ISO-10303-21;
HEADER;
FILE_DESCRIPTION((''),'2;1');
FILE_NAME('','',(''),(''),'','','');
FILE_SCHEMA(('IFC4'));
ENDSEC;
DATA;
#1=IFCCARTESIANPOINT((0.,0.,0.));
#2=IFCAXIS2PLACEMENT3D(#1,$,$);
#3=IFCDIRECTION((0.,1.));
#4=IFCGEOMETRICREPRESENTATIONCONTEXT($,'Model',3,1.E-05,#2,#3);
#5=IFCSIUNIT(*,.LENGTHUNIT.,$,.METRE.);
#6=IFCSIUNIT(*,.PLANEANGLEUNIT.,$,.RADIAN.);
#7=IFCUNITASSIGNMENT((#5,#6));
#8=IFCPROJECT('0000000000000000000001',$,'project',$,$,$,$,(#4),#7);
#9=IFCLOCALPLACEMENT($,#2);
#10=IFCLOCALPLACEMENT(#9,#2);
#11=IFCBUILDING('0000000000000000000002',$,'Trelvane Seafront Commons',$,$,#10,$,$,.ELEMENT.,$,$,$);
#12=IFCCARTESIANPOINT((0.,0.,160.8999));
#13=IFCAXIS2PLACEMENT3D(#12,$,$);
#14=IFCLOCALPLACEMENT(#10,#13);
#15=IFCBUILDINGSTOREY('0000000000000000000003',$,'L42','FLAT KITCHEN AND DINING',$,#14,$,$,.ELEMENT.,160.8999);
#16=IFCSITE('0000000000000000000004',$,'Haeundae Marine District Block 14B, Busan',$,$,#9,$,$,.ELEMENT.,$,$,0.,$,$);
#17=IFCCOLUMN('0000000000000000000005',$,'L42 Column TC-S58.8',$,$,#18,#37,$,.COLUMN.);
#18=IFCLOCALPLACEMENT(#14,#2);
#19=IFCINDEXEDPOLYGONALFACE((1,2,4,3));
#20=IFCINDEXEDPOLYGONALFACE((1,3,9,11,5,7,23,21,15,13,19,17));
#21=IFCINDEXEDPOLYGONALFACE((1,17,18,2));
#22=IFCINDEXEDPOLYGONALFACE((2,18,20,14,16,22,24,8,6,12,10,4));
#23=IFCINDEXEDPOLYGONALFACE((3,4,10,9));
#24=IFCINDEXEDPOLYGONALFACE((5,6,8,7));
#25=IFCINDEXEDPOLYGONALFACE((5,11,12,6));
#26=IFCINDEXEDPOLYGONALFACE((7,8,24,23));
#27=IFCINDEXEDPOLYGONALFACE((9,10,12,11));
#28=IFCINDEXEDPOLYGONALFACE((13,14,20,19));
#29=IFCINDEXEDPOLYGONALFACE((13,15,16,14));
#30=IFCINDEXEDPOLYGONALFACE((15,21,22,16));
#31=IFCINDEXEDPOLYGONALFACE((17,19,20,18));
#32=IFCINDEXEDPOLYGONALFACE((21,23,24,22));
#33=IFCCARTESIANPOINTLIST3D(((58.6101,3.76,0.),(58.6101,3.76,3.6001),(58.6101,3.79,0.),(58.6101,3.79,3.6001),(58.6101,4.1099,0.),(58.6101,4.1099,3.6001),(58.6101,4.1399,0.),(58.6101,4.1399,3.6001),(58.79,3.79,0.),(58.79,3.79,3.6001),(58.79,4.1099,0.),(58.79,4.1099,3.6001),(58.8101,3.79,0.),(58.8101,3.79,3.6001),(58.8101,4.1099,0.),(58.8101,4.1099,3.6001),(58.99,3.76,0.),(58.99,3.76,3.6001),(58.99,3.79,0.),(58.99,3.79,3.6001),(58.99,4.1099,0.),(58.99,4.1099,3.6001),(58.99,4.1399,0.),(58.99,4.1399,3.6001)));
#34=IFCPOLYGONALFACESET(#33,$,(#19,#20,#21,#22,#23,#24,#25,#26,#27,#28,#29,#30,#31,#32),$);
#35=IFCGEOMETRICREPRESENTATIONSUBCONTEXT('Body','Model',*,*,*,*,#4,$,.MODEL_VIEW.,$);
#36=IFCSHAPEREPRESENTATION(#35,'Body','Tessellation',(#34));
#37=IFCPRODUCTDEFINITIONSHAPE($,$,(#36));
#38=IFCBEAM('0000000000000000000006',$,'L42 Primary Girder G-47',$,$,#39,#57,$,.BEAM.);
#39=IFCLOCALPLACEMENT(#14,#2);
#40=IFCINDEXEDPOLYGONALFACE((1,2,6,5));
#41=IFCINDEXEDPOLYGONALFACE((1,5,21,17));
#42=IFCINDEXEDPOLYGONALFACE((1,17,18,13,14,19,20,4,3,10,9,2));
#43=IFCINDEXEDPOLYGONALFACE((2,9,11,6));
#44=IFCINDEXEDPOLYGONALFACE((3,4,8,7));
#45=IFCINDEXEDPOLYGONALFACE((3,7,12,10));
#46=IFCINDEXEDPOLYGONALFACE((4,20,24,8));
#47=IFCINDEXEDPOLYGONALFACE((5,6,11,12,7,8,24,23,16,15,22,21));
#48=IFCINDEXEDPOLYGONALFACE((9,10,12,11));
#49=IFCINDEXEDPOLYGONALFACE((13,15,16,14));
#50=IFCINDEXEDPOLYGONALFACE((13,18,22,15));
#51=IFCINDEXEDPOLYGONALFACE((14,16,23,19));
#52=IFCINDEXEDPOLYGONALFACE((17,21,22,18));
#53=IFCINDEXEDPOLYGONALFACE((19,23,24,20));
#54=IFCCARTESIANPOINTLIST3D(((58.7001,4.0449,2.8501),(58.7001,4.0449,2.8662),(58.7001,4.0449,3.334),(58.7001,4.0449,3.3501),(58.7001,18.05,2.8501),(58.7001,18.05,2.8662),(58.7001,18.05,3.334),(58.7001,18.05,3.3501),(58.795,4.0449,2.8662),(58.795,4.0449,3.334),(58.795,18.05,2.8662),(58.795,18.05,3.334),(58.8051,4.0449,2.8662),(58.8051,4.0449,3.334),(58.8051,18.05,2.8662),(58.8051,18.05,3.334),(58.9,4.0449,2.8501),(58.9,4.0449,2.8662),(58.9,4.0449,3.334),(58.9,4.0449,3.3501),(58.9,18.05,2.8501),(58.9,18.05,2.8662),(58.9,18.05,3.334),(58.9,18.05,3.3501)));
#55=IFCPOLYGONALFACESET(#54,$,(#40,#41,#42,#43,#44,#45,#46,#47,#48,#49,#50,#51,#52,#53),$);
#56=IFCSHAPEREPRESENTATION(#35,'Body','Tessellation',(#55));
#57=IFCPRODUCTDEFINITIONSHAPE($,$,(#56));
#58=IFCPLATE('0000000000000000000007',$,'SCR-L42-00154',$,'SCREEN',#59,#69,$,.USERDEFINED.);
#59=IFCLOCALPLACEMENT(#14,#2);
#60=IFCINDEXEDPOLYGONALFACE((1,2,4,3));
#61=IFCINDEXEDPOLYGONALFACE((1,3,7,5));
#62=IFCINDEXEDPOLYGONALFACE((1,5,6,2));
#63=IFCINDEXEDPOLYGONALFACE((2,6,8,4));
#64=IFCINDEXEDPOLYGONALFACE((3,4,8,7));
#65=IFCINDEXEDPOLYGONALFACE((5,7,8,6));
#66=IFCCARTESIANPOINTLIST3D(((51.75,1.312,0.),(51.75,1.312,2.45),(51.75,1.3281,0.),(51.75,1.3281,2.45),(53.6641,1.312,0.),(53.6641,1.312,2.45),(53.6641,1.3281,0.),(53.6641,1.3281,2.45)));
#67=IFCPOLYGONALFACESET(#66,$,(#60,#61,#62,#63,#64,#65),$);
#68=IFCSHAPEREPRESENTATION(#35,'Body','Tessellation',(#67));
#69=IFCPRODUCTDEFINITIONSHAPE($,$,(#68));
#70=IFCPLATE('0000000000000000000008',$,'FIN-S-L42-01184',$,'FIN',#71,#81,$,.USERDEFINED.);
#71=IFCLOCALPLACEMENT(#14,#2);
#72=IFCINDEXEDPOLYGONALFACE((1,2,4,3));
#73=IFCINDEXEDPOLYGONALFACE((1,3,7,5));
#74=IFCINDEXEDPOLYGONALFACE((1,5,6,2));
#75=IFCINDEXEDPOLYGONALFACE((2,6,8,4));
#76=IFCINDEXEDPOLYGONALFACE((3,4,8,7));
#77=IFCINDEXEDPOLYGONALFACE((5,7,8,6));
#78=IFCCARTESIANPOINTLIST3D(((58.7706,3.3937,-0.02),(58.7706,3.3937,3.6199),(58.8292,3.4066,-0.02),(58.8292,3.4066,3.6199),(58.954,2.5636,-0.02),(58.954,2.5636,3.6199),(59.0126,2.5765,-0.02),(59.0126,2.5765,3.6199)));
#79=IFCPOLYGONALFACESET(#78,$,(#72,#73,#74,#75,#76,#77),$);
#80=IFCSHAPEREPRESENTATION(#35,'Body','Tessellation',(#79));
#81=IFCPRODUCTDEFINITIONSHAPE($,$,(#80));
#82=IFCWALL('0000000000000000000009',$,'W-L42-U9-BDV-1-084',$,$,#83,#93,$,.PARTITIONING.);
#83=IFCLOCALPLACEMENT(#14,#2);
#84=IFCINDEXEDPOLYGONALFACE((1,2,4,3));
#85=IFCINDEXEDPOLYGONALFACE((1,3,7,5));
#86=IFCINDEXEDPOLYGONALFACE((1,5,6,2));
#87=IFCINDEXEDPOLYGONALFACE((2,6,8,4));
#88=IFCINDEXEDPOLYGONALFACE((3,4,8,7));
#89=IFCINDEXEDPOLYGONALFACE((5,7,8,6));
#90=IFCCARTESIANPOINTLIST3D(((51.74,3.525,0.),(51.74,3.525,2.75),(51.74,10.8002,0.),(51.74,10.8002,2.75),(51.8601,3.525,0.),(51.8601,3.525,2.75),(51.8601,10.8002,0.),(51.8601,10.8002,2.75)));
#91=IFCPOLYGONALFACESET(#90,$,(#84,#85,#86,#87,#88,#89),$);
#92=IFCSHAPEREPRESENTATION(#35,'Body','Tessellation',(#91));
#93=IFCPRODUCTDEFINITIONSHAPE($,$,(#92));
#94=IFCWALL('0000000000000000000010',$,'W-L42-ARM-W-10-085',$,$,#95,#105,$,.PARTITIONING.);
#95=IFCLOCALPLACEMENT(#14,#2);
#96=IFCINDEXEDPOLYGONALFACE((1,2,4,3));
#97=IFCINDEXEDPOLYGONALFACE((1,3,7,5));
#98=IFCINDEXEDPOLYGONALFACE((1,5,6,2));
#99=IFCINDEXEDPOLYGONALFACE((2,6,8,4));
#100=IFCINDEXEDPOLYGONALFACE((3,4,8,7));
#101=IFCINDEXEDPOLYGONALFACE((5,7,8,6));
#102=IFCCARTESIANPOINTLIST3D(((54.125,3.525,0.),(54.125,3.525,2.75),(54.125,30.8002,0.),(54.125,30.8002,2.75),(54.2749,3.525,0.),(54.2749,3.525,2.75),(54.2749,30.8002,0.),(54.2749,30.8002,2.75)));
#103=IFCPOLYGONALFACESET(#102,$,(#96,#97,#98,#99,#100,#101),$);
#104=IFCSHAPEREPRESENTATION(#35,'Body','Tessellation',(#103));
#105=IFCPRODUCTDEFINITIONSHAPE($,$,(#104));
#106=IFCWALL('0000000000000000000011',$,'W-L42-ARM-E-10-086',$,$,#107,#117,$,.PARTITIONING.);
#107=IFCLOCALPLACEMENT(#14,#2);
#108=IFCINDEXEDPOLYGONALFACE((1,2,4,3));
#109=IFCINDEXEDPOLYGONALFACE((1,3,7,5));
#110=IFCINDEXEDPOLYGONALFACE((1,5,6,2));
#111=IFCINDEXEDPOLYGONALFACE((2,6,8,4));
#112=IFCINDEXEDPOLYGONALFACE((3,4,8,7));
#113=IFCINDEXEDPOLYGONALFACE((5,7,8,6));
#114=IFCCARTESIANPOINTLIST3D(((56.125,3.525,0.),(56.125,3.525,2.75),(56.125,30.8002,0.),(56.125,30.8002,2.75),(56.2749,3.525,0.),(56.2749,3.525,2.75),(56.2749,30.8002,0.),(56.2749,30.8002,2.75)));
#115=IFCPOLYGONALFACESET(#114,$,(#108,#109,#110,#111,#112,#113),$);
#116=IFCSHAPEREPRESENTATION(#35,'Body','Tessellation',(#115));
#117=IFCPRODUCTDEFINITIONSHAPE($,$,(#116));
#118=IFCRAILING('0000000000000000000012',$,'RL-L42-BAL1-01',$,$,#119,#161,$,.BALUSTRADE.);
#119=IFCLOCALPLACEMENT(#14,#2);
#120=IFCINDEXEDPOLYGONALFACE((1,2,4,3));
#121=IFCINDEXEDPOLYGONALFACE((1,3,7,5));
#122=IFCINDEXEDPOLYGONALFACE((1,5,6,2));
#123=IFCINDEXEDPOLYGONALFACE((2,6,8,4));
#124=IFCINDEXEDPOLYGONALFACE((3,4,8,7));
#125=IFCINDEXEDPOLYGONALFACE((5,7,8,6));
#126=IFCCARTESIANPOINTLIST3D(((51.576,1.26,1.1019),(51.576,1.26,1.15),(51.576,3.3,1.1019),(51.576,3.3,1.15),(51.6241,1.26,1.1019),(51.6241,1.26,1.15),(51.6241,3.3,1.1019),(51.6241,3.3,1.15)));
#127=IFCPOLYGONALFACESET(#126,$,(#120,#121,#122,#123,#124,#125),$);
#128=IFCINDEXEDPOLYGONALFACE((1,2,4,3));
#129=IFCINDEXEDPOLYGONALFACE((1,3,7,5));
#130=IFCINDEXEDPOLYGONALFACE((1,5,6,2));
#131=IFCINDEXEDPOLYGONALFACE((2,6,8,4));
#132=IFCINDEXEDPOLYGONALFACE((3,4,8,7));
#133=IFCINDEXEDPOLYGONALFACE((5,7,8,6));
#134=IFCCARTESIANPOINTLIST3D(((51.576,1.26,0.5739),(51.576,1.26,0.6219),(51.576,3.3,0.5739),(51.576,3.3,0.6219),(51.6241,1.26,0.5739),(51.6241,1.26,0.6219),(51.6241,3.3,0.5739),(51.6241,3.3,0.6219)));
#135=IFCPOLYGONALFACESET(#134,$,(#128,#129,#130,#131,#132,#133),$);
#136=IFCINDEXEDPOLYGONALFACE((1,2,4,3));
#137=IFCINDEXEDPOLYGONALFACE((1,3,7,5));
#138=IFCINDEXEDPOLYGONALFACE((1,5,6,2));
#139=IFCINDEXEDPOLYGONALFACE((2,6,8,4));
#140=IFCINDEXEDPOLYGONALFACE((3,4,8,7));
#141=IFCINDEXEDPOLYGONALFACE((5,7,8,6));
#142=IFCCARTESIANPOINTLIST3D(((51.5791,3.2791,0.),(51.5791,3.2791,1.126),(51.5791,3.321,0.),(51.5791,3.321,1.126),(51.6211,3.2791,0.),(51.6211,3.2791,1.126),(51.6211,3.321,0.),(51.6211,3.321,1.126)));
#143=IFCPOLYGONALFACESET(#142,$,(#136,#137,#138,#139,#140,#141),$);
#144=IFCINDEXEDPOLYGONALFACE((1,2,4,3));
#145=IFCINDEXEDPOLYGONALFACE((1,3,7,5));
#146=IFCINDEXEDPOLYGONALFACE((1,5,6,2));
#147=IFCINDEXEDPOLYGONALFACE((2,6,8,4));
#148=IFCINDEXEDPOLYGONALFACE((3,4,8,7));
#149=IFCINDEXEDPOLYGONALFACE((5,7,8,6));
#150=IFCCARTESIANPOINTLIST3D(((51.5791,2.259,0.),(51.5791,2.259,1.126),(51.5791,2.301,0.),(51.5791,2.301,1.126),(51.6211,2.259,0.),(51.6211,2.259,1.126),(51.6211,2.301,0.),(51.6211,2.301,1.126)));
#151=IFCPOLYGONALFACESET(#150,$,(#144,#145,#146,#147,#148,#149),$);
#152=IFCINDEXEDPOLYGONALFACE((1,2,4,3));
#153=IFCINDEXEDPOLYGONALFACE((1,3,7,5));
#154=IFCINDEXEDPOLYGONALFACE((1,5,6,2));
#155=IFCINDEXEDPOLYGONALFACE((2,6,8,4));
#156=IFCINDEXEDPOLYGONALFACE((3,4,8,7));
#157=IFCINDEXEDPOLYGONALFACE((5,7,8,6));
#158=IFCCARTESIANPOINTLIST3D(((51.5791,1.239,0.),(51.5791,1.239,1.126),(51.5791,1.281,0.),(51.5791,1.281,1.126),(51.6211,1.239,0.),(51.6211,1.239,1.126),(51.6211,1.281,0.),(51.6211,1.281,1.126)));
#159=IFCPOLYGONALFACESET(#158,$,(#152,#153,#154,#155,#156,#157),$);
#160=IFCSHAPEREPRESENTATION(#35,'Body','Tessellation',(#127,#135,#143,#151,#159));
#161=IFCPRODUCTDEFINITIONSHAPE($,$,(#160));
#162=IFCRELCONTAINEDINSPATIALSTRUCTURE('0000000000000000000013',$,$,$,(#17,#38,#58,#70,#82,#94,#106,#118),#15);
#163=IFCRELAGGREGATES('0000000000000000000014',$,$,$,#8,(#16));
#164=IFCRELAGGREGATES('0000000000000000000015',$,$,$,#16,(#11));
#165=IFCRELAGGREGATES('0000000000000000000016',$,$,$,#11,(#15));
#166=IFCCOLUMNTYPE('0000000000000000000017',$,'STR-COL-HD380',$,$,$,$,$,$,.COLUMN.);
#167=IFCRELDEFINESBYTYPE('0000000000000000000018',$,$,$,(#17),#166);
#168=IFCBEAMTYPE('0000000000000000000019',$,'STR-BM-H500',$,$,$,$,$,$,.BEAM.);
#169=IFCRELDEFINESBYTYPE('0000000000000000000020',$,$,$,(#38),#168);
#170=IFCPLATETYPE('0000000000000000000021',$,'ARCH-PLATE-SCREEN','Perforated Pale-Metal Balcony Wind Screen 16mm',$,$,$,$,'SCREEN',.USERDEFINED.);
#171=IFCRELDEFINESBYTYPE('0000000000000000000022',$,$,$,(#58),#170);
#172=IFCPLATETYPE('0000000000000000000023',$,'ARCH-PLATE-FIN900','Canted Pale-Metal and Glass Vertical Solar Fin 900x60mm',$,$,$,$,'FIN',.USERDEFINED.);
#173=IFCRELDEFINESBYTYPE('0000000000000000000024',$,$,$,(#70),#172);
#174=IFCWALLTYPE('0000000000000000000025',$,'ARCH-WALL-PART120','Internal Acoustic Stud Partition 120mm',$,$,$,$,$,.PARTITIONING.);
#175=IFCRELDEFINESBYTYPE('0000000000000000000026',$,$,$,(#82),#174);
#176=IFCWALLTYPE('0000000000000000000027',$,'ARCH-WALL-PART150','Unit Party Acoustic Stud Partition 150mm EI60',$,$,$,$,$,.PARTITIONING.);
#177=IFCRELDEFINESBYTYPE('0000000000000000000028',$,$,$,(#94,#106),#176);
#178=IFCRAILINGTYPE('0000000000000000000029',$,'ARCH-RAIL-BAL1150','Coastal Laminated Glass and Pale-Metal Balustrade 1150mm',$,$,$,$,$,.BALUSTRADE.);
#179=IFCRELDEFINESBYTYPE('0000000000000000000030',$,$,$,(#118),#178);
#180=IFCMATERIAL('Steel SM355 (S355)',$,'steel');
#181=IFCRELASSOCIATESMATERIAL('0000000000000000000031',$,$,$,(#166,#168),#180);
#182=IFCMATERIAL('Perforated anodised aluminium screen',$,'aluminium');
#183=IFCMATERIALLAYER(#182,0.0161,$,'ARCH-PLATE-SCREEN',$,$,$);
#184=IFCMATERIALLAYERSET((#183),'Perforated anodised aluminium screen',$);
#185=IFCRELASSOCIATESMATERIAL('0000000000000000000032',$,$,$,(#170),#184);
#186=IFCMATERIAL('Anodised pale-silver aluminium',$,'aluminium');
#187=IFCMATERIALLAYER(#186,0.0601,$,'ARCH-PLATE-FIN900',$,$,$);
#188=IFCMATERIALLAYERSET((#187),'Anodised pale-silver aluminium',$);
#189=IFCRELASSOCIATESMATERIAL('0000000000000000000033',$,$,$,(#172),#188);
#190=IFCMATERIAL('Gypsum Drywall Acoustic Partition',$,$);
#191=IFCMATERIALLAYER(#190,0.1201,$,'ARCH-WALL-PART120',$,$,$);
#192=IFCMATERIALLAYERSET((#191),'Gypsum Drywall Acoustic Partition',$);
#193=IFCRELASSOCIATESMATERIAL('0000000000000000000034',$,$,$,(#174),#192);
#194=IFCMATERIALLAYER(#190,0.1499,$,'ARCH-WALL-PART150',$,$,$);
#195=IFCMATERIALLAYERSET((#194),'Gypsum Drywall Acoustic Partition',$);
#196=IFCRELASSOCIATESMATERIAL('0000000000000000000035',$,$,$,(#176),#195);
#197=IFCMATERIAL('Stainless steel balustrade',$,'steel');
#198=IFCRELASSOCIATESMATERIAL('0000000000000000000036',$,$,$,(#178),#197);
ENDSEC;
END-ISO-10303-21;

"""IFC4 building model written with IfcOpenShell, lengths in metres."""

from ifc_helpers import new_model, si_unit, direction, frame, frame_2d, origin, origin_2d, place, context, subcontext, project, spatial, rectangle, i_section, extrude, source, transform, mapped, material, layer, layer_set, material_profile, profile_set, type_object, element, save


model = new_model("IFC4")

# Units and contexts
model_context = context("Model", 3, precision=1e-05, world=origin(), true_north=direction((0.0, 1.0)))
body_context = subcontext(model_context, "Body", "Model", "MODEL_VIEW")
ifc_project = project(units=[si_unit("LENGTHUNIT", "METRE"), si_unit("PLANEANGLEUNIT", "RADIAN")], contexts=[model_context])

# Site, building, storey
site_placement = place(None, origin())
site = spatial("IfcSite", under=ifc_project, at=site_placement, Name="Haeundae Marine District Block 14B, Busan", CompositionType="ELEMENT", RefElevation=0.0)
building_placement = place(site_placement, origin())
building = spatial("IfcBuilding", under=site, at=building_placement, Name="Trelvane Seafront Commons", CompositionType="ELEMENT")
storey_placement = place(building_placement, frame((0.0, 0.0, 160.8999)))
storey = spatial("IfcBuildingStorey", under=building, at=storey_placement, Name="L42", Description="FLAT KITCHEN AND DINING", CompositionType="ELEMENT", Elevation=160.8999)

# Column
ifc_material_1 = material(Name="Steel SM355 (S355)", Category="steel")
ifc_material_profile_1 = material_profile(ifc_material_1, i_section(OverallWidth=0.3799, OverallDepth=0.3799, WebThickness=0.02, FlangeThickness=0.03, at=origin_2d()), Name="HD-380x380x20x30")
ifc_profile_set_1 = profile_set([ifc_material_profile_1], Name="Steel SM355 (S355)")
column_type = type_object("IfcColumnType", Name="STR-COL-HD380", PredefinedType="COLUMN", material=ifc_profile_set_1)
shared_shape_1 = source(origin(), body_context, "Body", "SweptSolid", [
    extrude(i_section(OverallWidth=0.3799, OverallDepth=0.3799, WebThickness=0.02, FlangeThickness=0.03, at=origin_2d()), origin(), (0.0, 0.0, 1.0), 3.6001),
])
column_placement = place(storey_placement, frame((58.8, 3.95, 0.0), z_axis=(0.0, 0.0, 1.0), x_axis=(1.0, 0.0, 0.0)))
element("IfcColumn", 1, at=column_placement, inside=storey, type_object=column_type, Name="L42 Column TC-S58.8", PredefinedType="COLUMN", context=body_context, shape_type="MappedRepresentation", body=[
    mapped(shared_shape_1, transform((0.0, 0.0, 0.0), x_axis=(1.0, 0.0, 0.0), y_axis=(0.0, 1.0, 0.0), z_axis=(0.0, 0.0, 1.0), scale=1.0)),
])

# Beam
ifc_material_profile_2 = material_profile(ifc_material_1, i_section(OverallWidth=0.2, OverallDepth=0.5, WebThickness=0.01, FlangeThickness=0.0161, at=origin_2d()), Name="H-500x200x10x16")
ifc_profile_set_2 = profile_set([ifc_material_profile_2], Name="Steel SM355 (S355)")
beam_type = type_object("IfcBeamType", Name="STR-BM-H500", PredefinedType="BEAM", material=ifc_profile_set_2)
shared_shape_2 = source(origin(), body_context, "Body", "SweptSolid", [
    extrude(i_section(OverallWidth=0.2, OverallDepth=0.5, WebThickness=0.01, FlangeThickness=0.0161, at=origin_2d()), origin(), (0.0, 0.0, 1.0), 14.0051),
])
beam_placement = place(storey_placement, frame((58.8, 4.0449, 3.1001), z_axis=(0.0, 1.0, 0.0), x_axis=(-1.0, 0.0, 0.0)))
element("IfcBeam", 2, at=beam_placement, inside=storey, type_object=beam_type, Name="L42 Primary Girder G-47", PredefinedType="BEAM", context=body_context, shape_type="MappedRepresentation", body=[
    mapped(shared_shape_2, transform((0.0, 0.0, 0.0), x_axis=(1.0, 0.0, 0.0), y_axis=(0.0, 1.0, 0.0), z_axis=(0.0, 0.0, 1.0), scale=1.0)),
])

# Plates
ifc_material_2 = material(Name="Perforated anodised aluminium screen", Category="aluminium")
ifc_layer_1 = layer(ifc_material_2, 0.0161, Name="ARCH-PLATE-SCREEN")
ifc_layer_set_1 = layer_set([ifc_layer_1], Name="Perforated anodised aluminium screen")
plate_type_1 = type_object("IfcPlateType", Name="ARCH-PLATE-SCREEN", Description="Perforated Pale-Metal Balcony Wind Screen 16mm", ElementType="SCREEN", PredefinedType="USERDEFINED", material=ifc_layer_set_1)
shared_shape_3 = source(origin(), body_context, "Body", "SweptSolid", [
    extrude(rectangle(XDim=1.9141, YDim=0.0161, at=origin_2d()), origin(), (0.0, 0.0, 1.0), 2.45),
])
plate_1_placement = place(storey_placement, frame((52.707, 1.3201, 0.0), z_axis=(0.0, 0.0, 1.0), x_axis=(1.0, 0.0, 0.0)))
element("IfcPlate", 3, at=plate_1_placement, inside=storey, type_object=plate_type_1, Name="SCR-L42-00154", ObjectType="SCREEN", PredefinedType="USERDEFINED", context=body_context, shape_type="MappedRepresentation", body=[
    mapped(shared_shape_3, transform((0.0, 0.0, 0.0), x_axis=(1.0, 0.0, 0.0), y_axis=(0.0, 1.0, 0.0), z_axis=(0.0, 0.0, 1.0), scale=1.0)),
])
ifc_material_3 = material(Name="Anodised pale-silver aluminium", Category="aluminium")
ifc_layer_2 = layer(ifc_material_3, 0.0601, Name="ARCH-PLATE-FIN900")
ifc_layer_set_2 = layer_set([ifc_layer_2], Name="Anodised pale-silver aluminium")
plate_type_2 = type_object("IfcPlateType", Name="ARCH-PLATE-FIN900", Description="Canted Pale-Metal and Glass Vertical Solar Fin 900x60mm", ElementType="FIN", PredefinedType="USERDEFINED", material=ifc_layer_set_2)
shared_shape_4 = source(origin(), body_context, "Body", "SweptSolid", [
    extrude(rectangle(XDim=0.8501, YDim=0.0601, at=origin_2d()), origin(), (0.0, 0.0, 1.0), 3.6399),
])
plate_2_placement = place(storey_placement, frame((58.8916, 2.9851, -0.02), z_axis=(0.0, 0.0, 1.0), x_axis=(0.21576, -0.976446, 0.0)))
element("IfcPlate", 4, at=plate_2_placement, inside=storey, type_object=plate_type_2, Name="FIN-S-L42-01184", ObjectType="FIN", PredefinedType="USERDEFINED", context=body_context, shape_type="MappedRepresentation", body=[
    mapped(shared_shape_4, transform((0.0, 0.0, 0.0), x_axis=(1.0, 0.0, 0.0), y_axis=(0.0, 1.0, 0.0), z_axis=(0.0, 0.0, 1.0), scale=1.0)),
])

# Shared definitions
ifc_material_4 = material(Name="Gypsum Drywall Acoustic Partition")
ifc_layer_3 = layer(ifc_material_4, 0.1201, Name="ARCH-WALL-PART120")
ifc_layer_set_3 = layer_set([ifc_layer_3], Name="Gypsum Drywall Acoustic Partition")
wall_type_1 = type_object("IfcWallType", Name="ARCH-WALL-PART120", Description="Internal Acoustic Stud Partition 120mm", PredefinedType="PARTITIONING", material=ifc_layer_set_3)

# Wall
wall_1_placement = place(storey_placement, frame((51.8, 3.5249, 0.0), z_axis=(0.0, 0.0, 1.0), x_axis=(0.0, 1.0, 0.0)))
element("IfcWall", 5, at=wall_1_placement, inside=storey, type_object=wall_type_1, Name="W-L42-U9-BDV-1-084", PredefinedType="PARTITIONING", context=body_context, shape_type="SweptSolid", body=[
    extrude(rectangle(XDim=7.2751, YDim=0.1201, at=frame_2d((3.6377, 0.0))), origin(), (0.0, 0.0, 1.0), 2.75),
])

# Walls
ifc_layer_4 = layer(ifc_material_4, 0.1499, Name="ARCH-WALL-PART150")
ifc_layer_set_4 = layer_set([ifc_layer_4], Name="Gypsum Drywall Acoustic Partition")
wall_type_2 = type_object("IfcWallType", Name="ARCH-WALL-PART150", Description="Unit Party Acoustic Stud Partition 150mm EI60", PredefinedType="PARTITIONING", material=ifc_layer_set_4)
for number, where, z_axis, x_axis, name in (
    (6, (54.2, 3.5249, 0.0), (0.0, 0.0, 1.0), (0.0, 1.0, 0.0), "W-L42-ARM-W-10-085"),
    (7, (56.2, 3.5249, 0.0), (0.0, 0.0, 1.0), (0.0, 1.0, 0.0), "W-L42-ARM-E-10-086"),
):
    element("IfcWall", number, at=place(storey_placement, frame(where, z_axis=z_axis, x_axis=x_axis)), inside=storey, type_object=wall_type_2, Name=name, PredefinedType="PARTITIONING", context=body_context, shape_type="SweptSolid", body=[
        extrude(rectangle(XDim=27.2751, YDim=0.1499, at=frame_2d((13.6377, 0.0))), origin(), (0.0, 0.0, 1.0), 2.75),
    ])

# Railing
ifc_material_5 = material(Name="Stainless steel balustrade", Category="steel")
railing_type = type_object("IfcRailingType", Name="ARCH-RAIL-BAL1150", Description="Coastal Laminated Glass and Pale-Metal Balustrade 1150mm", PredefinedType="BALUSTRADE", material=ifc_material_5)
railing_1_placement = place(storey_placement, frame((51.6001, 3.3, 0.0)))
element("IfcRailing", 8, at=railing_1_placement, inside=storey, type_object=railing_type, Name="RL-L42-BAL1-01", PredefinedType="BALUSTRADE", context=body_context, shape_type="SweptSolid", body=[
    extrude(rectangle(XDim=0.0481, YDim=0.0481, at=origin_2d()), frame((0.0, 0.0, 1.126), z_axis=(0.0, -1.0, 0.0), x_axis=(1.0, 0.0, 0.0)), (0.0, 0.0, 1.0), 2.04),
    extrude(rectangle(XDim=0.0481, YDim=0.0481, at=origin_2d()), frame((0.0, 0.0, 0.5979), z_axis=(0.0, -1.0, 0.0), x_axis=(1.0, 0.0, 0.0)), (0.0, 0.0, 1.0), 2.04),
    extrude(rectangle(XDim=0.042, YDim=0.042, at=origin_2d()), origin(), (0.0, 0.0, 1.0), 1.126),
    extrude(rectangle(XDim=0.042, YDim=0.042, at=origin_2d()), frame((0.0, -1.02, 0.0)), (0.0, 0.0, 1.0), 1.126),
    extrude(rectangle(XDim=0.042, YDim=0.042, at=origin_2d()), frame((0.0, -2.04, 0.0)), (0.0, 0.0, 1.0), 1.126),
])

save(model, "model.ifc")
